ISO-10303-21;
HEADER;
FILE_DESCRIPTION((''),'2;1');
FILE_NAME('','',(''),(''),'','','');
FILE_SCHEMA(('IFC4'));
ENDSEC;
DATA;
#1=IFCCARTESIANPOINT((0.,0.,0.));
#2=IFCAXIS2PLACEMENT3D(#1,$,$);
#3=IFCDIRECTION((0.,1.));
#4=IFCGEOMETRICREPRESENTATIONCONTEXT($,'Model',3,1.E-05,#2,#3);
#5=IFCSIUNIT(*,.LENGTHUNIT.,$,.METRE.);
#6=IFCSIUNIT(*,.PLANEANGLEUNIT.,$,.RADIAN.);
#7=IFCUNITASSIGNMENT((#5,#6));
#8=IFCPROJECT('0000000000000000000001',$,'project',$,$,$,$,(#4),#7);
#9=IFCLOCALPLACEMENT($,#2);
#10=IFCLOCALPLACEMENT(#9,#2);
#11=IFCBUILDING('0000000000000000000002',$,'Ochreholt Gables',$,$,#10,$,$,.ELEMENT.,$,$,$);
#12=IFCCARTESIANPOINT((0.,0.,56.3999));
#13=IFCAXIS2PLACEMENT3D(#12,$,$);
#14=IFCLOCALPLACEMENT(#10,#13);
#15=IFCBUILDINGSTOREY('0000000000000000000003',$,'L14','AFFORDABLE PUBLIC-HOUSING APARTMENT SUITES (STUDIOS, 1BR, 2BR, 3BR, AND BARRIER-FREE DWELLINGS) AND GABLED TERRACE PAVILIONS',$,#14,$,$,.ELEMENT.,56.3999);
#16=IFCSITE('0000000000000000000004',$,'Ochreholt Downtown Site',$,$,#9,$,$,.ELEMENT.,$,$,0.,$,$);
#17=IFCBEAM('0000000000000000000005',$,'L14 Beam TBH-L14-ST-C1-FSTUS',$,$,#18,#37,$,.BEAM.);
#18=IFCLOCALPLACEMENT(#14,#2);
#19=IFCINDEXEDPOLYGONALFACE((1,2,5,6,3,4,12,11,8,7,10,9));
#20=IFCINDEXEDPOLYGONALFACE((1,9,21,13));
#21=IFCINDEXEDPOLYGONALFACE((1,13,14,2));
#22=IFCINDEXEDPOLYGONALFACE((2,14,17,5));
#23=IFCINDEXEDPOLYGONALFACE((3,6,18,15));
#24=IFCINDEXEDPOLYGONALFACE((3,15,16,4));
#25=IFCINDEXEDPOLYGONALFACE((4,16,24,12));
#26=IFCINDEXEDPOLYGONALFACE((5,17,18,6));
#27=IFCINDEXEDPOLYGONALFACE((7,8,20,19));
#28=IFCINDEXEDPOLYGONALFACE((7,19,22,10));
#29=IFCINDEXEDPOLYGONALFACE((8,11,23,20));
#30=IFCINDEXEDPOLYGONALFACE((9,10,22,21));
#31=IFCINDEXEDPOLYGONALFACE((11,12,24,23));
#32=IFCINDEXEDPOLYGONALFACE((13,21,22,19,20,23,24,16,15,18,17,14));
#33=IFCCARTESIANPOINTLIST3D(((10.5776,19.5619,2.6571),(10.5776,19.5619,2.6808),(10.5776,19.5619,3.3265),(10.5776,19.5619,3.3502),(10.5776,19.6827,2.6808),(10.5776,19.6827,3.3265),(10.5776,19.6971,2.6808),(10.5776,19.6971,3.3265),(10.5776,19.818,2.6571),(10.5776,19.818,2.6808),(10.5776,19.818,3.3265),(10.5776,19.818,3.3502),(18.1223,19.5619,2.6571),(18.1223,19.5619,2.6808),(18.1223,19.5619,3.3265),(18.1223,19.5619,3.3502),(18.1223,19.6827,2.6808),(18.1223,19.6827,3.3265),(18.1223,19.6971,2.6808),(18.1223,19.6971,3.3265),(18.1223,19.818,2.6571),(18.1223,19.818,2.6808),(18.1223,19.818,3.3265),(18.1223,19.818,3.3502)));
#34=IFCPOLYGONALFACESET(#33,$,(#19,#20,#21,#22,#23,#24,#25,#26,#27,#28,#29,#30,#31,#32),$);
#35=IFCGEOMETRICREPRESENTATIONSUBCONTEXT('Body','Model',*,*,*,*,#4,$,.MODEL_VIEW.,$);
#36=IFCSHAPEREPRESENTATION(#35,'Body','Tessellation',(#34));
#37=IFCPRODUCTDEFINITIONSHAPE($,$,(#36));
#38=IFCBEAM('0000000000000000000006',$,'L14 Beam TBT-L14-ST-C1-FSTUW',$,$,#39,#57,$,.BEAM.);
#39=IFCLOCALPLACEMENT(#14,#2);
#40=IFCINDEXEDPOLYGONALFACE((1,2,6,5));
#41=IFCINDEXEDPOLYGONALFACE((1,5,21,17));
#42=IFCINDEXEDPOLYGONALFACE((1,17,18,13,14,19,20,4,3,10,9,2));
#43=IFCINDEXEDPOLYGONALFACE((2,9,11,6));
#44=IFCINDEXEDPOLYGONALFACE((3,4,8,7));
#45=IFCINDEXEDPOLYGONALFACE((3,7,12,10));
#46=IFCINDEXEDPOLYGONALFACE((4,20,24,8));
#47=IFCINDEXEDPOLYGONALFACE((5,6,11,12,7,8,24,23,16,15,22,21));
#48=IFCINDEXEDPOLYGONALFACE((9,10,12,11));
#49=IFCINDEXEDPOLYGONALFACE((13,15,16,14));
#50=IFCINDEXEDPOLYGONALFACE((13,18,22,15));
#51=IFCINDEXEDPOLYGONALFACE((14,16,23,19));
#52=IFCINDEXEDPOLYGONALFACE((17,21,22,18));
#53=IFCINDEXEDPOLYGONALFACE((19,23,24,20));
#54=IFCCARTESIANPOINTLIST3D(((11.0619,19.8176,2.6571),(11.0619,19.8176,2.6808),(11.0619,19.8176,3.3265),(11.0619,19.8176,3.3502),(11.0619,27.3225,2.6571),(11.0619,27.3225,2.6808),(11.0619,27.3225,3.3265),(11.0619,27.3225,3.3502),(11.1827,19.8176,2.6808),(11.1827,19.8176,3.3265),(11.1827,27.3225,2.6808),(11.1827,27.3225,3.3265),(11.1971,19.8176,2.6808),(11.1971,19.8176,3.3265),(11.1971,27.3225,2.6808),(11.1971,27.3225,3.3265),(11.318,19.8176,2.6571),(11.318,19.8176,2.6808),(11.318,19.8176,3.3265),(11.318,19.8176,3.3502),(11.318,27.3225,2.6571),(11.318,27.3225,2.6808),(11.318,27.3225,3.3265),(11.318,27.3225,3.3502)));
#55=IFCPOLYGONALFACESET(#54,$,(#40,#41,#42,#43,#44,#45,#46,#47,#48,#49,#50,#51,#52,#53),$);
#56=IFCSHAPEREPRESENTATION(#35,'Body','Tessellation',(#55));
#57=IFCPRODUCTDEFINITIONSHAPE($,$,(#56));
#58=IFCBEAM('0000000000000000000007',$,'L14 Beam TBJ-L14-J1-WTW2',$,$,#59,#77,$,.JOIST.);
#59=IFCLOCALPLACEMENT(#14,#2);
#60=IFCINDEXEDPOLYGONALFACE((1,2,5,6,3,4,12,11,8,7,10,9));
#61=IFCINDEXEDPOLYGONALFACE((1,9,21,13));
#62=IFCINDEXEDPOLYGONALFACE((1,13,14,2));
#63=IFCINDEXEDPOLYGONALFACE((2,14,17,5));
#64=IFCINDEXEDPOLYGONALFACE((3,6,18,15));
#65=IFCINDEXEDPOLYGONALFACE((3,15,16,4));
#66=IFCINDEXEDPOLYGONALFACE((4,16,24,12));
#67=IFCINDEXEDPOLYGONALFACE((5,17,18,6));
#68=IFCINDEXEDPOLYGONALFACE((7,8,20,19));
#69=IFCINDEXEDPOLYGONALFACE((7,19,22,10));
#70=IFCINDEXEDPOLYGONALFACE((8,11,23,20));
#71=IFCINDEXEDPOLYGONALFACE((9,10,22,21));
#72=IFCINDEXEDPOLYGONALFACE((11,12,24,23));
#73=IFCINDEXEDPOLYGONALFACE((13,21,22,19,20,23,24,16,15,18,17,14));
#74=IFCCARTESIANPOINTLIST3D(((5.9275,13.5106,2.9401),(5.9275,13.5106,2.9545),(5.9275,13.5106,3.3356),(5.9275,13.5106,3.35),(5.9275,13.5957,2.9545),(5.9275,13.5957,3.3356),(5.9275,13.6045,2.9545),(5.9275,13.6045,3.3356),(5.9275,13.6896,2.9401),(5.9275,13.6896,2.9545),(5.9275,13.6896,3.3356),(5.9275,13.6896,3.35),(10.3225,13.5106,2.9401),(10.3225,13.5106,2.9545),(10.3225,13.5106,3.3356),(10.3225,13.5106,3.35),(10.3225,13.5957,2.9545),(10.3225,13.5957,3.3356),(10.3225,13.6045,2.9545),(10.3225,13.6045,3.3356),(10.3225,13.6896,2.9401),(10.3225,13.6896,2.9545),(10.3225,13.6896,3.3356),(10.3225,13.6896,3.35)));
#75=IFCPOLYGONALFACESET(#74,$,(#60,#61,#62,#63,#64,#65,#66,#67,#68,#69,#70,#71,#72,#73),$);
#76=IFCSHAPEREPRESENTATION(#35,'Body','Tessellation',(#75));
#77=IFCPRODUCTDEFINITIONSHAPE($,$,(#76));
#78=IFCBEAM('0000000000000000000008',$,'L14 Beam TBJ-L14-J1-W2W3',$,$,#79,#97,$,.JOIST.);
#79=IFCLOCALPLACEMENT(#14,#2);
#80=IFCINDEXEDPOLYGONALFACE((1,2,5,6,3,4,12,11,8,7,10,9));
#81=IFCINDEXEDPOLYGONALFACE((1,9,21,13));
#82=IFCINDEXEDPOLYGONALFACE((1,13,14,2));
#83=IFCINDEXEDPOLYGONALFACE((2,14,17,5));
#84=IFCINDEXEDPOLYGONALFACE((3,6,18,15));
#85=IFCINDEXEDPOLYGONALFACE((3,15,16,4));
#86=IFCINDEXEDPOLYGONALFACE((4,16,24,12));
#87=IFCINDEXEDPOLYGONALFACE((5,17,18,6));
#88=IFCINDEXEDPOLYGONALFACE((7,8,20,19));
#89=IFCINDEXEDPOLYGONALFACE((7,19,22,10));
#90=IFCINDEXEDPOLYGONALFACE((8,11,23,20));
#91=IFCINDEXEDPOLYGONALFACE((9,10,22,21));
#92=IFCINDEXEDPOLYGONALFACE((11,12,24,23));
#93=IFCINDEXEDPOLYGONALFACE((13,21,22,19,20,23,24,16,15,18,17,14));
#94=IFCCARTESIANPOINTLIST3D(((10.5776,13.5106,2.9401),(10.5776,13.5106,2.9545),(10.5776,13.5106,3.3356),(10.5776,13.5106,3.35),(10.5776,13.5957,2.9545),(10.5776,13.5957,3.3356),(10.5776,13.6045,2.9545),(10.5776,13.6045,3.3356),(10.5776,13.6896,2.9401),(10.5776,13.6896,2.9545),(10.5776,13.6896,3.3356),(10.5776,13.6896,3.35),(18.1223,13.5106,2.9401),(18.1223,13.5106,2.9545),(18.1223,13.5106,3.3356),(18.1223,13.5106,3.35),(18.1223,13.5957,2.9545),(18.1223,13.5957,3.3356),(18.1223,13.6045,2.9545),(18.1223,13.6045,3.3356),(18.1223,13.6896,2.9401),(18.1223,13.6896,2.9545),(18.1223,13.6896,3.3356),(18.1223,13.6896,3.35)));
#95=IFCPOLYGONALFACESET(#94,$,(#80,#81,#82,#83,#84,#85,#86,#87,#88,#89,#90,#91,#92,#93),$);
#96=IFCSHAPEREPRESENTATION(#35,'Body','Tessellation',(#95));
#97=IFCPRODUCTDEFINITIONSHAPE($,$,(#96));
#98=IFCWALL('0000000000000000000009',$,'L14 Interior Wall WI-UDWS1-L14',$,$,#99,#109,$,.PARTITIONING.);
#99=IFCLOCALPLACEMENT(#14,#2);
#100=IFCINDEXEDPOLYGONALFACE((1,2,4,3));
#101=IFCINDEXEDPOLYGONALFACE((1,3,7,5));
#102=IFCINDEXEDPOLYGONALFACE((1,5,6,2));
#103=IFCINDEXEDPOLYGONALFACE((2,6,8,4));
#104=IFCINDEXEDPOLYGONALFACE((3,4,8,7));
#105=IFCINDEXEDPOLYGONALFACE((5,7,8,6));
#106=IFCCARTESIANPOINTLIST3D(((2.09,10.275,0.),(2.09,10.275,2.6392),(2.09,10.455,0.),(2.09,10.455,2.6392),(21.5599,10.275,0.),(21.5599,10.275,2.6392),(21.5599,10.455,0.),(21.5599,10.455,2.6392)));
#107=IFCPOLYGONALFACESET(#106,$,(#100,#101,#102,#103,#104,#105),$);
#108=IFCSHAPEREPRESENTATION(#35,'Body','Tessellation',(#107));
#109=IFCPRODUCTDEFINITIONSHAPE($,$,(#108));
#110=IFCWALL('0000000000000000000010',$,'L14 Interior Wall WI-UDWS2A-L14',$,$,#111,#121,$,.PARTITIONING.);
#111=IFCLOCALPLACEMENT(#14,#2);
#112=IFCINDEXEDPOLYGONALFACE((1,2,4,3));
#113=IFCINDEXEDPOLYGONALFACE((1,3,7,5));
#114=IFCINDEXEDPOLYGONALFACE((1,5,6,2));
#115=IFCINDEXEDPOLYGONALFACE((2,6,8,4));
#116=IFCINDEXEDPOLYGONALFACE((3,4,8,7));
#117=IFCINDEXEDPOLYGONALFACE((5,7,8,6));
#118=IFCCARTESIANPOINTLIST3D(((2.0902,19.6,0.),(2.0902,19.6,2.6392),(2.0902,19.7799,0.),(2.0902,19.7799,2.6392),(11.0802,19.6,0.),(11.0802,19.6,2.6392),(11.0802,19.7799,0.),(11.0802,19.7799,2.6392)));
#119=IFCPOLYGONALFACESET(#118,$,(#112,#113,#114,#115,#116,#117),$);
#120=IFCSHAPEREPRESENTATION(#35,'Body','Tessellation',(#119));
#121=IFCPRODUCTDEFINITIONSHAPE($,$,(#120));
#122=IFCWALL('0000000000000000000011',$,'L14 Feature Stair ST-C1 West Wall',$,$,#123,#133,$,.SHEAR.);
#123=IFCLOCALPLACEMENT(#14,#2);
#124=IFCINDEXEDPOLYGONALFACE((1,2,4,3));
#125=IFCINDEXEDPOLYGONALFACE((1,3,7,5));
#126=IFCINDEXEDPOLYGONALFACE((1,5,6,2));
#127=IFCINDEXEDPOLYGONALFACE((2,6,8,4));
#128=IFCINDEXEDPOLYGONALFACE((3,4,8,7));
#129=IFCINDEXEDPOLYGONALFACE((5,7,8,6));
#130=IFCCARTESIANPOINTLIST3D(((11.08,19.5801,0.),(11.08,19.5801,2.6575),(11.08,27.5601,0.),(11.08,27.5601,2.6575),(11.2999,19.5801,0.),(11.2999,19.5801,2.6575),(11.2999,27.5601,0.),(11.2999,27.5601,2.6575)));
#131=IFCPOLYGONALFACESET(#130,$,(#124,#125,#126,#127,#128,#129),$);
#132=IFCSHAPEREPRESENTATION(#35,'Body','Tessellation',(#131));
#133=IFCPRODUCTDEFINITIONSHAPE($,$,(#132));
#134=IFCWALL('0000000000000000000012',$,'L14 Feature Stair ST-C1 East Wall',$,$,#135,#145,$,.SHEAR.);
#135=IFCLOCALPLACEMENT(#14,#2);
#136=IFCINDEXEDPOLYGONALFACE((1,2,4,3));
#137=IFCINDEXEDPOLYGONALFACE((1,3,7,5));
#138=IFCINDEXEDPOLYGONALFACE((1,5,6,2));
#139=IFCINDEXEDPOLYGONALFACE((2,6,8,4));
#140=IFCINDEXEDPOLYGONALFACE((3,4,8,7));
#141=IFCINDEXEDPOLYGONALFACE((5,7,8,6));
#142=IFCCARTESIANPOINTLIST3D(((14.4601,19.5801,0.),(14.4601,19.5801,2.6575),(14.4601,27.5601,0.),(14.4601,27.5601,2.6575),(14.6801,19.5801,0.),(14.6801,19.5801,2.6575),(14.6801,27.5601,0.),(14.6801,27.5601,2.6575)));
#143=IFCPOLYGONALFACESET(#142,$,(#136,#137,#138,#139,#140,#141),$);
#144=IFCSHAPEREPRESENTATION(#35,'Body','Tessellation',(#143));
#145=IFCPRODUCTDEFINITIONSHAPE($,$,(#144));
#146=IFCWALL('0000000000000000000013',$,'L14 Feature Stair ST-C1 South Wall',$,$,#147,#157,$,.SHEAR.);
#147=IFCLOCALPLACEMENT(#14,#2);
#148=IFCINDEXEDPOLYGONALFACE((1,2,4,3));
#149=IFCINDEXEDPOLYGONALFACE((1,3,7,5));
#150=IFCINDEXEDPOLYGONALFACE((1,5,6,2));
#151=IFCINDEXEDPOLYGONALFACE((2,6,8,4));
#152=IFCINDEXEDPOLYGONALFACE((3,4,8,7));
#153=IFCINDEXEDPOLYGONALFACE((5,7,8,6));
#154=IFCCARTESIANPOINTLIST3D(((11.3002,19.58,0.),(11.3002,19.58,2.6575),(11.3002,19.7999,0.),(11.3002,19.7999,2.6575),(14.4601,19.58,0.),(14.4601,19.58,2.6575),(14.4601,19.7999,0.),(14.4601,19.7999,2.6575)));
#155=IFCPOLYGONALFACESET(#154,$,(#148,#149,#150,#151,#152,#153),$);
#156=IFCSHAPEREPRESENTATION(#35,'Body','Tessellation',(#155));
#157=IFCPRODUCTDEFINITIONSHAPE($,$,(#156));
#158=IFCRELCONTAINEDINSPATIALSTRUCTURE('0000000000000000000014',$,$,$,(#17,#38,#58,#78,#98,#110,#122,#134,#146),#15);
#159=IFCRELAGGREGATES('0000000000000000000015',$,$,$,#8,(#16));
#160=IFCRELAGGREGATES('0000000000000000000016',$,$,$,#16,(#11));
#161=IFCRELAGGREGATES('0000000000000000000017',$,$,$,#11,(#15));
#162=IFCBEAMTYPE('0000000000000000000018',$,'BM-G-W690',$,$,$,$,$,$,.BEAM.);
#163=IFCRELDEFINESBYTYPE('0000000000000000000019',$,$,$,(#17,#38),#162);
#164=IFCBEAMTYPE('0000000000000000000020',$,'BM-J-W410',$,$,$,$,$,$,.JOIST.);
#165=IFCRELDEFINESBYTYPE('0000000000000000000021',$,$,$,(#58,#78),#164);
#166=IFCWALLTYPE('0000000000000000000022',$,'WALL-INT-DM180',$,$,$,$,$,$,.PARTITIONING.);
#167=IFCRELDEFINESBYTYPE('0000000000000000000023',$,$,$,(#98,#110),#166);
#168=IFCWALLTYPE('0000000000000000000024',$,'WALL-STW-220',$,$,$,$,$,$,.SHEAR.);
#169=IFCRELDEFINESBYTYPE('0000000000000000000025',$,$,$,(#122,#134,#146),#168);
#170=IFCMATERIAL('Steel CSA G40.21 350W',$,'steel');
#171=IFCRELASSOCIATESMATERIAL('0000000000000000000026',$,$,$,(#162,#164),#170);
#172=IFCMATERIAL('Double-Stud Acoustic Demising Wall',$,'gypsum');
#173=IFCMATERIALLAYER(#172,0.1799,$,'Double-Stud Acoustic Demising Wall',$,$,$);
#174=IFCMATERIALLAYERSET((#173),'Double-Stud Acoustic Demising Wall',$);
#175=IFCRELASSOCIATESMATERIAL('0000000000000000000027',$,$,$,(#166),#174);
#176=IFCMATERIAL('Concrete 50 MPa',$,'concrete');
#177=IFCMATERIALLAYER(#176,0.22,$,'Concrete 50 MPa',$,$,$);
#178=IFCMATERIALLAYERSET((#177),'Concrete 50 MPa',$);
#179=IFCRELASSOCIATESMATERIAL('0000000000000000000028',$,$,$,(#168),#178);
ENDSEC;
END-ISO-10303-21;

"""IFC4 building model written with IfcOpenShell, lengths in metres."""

from ifc_helpers import new_model, si_unit, direction, frame, frame_2d, origin, origin_2d, place, context, subcontext, project, spatial, rectangle, i_section, extrude, material, layer, layer_set, material_profile, profile_set, type_object, element, save


model = new_model("IFC4")

# Units and contexts
model_context = context("Model", 3, precision=1e-05, world=origin(), true_north=direction((0.0, 1.0)))
body_context = subcontext(model_context, "Body", "Model", "MODEL_VIEW")
ifc_project = project(units=[si_unit("LENGTHUNIT", "METRE"), si_unit("PLANEANGLEUNIT", "RADIAN")], contexts=[model_context])

# Site, building, storey
site_placement = place(None, origin())
site = spatial("IfcSite", under=ifc_project, at=site_placement, Name="Ochreholt Downtown Site", CompositionType="ELEMENT", RefElevation=0.0)
building_placement = place(site_placement, origin())
building = spatial("IfcBuilding", under=site, at=building_placement, Name="Ochreholt Gables", CompositionType="ELEMENT")
storey_placement = place(building_placement, frame((0.0, 0.0, 56.3999)))
storey = spatial("IfcBuildingStorey", under=building, at=storey_placement, Name="L14", Description="AFFORDABLE PUBLIC-HOUSING APARTMENT SUITES (STUDIOS, 1BR, 2BR, 3BR, AND BARRIER-FREE DWELLINGS) AND GABLED TERRACE PAVILIONS", CompositionType="ELEMENT", Elevation=56.3999)

# Shared definitions
ifc_material_1 = material(Name="Steel CSA G40.21 350W", Category="steel")

# Beams
ifc_material_profile_1 = material_profile(ifc_material_1, i_section(OverallWidth=0.2561, OverallDepth=0.6931, WebThickness=0.0144, FlangeThickness=0.0237, at=origin_2d()), Name="W690X170")
ifc_profile_set_1 = profile_set([ifc_material_profile_1], Name="Steel CSA G40.21 350W")
beam_type_1 = type_object("IfcBeamType", Name="BM-G-W690", PredefinedType="BEAM", material=ifc_profile_set_1)
beam_1_placement = place(storey_placement, frame((10.5776, 19.6899, 3.0037), z_axis=(1.0, 0.0, 0.0), x_axis=(0.0, 1.0, 0.0)))
element("IfcBeam", 1, at=beam_1_placement, inside=storey, type_object=beam_type_1, Name="L14 Beam TBH-L14-ST-C1-FSTUS", PredefinedType="BEAM", context=body_context, shape_type="SweptSolid", body=[
    extrude(i_section(OverallWidth=0.2561, OverallDepth=0.6931, WebThickness=0.0144, FlangeThickness=0.0237, at=origin_2d()), origin(), (0.0, 0.0, 1.0), 7.5447),
])
beam_2_placement = place(storey_placement, frame((11.1899, 19.8176, 3.0037), z_axis=(0.0, 1.0, 0.0), x_axis=(-1.0, 0.0, 0.0)))
element("IfcBeam", 2, at=beam_2_placement, inside=storey, type_object=beam_type_1, Name="L14 Beam TBT-L14-ST-C1-FSTUW", PredefinedType="BEAM", context=body_context, shape_type="SweptSolid", body=[
    extrude(i_section(OverallWidth=0.2561, OverallDepth=0.6931, WebThickness=0.0144, FlangeThickness=0.0237, at=origin_2d()), origin(), (0.0, 0.0, 1.0), 7.5049),
])
ifc_material_profile_2 = material_profile(ifc_material_1, i_section(OverallWidth=0.179, OverallDepth=0.4099, WebThickness=0.0088, FlangeThickness=0.0144, at=origin_2d()), Name="W410X67")
ifc_profile_set_2 = profile_set([ifc_material_profile_2], Name="Steel CSA G40.21 350W")
beam_type_2 = type_object("IfcBeamType", Name="BM-J-W410", PredefinedType="JOIST", material=ifc_profile_set_2)
beam_3_placement = place(storey_placement, frame((5.9275, 13.6001, 3.145), z_axis=(1.0, 0.0, 0.0), x_axis=(0.0, 1.0, 0.0)))
element("IfcBeam", 3, at=beam_3_placement, inside=storey, type_object=beam_type_2, Name="L14 Beam TBJ-L14-J1-WTW2", PredefinedType="JOIST", context=body_context, shape_type="SweptSolid", body=[
    extrude(i_section(OverallWidth=0.179, OverallDepth=0.4099, WebThickness=0.0088, FlangeThickness=0.0144, at=origin_2d()), origin(), (0.0, 0.0, 1.0), 4.395),
])
beam_4_placement = place(storey_placement, frame((10.5776, 13.6001, 3.145), z_axis=(1.0, 0.0, 0.0), x_axis=(0.0, 1.0, 0.0)))
element("IfcBeam", 4, at=beam_4_placement, inside=storey, type_object=beam_type_2, Name="L14 Beam TBJ-L14-J1-W2W3", PredefinedType="JOIST", context=body_context, shape_type="SweptSolid", body=[
    extrude(i_section(OverallWidth=0.179, OverallDepth=0.4099, WebThickness=0.0088, FlangeThickness=0.0144, at=origin_2d()), origin(), (0.0, 0.0, 1.0), 7.5447),
])

# Walls
ifc_material_2 = material(Name="Double-Stud Acoustic Demising Wall", Category="gypsum")
ifc_layer_1 = layer(ifc_material_2, 0.1799, Name="Double-Stud Acoustic Demising Wall")
ifc_layer_set_1 = layer_set([ifc_layer_1], Name="Double-Stud Acoustic Demising Wall")
wall_type_1 = type_object("IfcWallType", Name="WALL-INT-DM180", PredefinedType="PARTITIONING", material=ifc_layer_set_1)
wall_1_placement = place(storey_placement, frame((2.0901, 10.365, 0.0), z_axis=(0.0, 0.0, 1.0), x_axis=(1.0, 0.0, 0.0)))
element("IfcWall", 5, at=wall_1_placement, inside=storey, type_object=wall_type_1, Name="L14 Interior Wall WI-UDWS1-L14", PredefinedType="PARTITIONING", context=body_context, shape_type="SweptSolid", body=[
    extrude(rectangle(XDim=19.47, YDim=0.1799, at=frame_2d((9.7349, 0.0))), origin(), (0.0, 0.0, 1.0), 2.6392),
])
wall_2_placement = place(storey_placement, frame((2.0901, 19.6899, 0.0), z_axis=(0.0, 0.0, 1.0), x_axis=(1.0, 0.0, 0.0)))
element("IfcWall", 6, at=wall_2_placement, inside=storey, type_object=wall_type_1, Name="L14 Interior Wall WI-UDWS2A-L14", PredefinedType="PARTITIONING", context=body_context, shape_type="SweptSolid", body=[
    extrude(rectangle(XDim=8.99, YDim=0.1799, at=frame_2d((4.4951, 0.0))), origin(), (0.0, 0.0, 1.0), 2.6392),
])
ifc_material_3 = material(Name="Concrete 50 MPa", Category="concrete")
ifc_layer_2 = layer(ifc_material_3, 0.22, Name="Concrete 50 MPa")
ifc_layer_set_2 = layer_set([ifc_layer_2], Name="Concrete 50 MPa")
wall_type_2 = type_object("IfcWallType", Name="WALL-STW-220", PredefinedType="SHEAR", material=ifc_layer_set_2)
for number, where, z_axis, x_axis, name in (
    (7, (11.1899, 19.5801, 0.0), (0.0, 0.0, 1.0), (0.0, 1.0, 0.0), "L14 Feature Stair ST-C1 West Wall"),
    (8, (14.5701, 19.5801, 0.0), (0.0, 0.0, 1.0), (0.0, 1.0, 0.0), "L14 Feature Stair ST-C1 East Wall"),
):
    element("IfcWall", number, at=place(storey_placement, frame(where, z_axis=z_axis, x_axis=x_axis)), inside=storey, type_object=wall_type_2, Name=name, PredefinedType="SHEAR", context=body_context, shape_type="SweptSolid", body=[
        extrude(rectangle(XDim=7.98, YDim=0.22, at=frame_2d((3.99, 0.0))), origin(), (0.0, 0.0, 1.0), 2.6575),
    ])
wall_3_placement = place(storey_placement, frame((11.3, 19.6899, 0.0), z_axis=(0.0, 0.0, 1.0), x_axis=(1.0, 0.0, 0.0)))
element("IfcWall", 9, at=wall_3_placement, inside=storey, type_object=wall_type_2, Name="L14 Feature Stair ST-C1 South Wall", PredefinedType="SHEAR", context=body_context, shape_type="SweptSolid", body=[
    extrude(rectangle(XDim=3.1599, YDim=0.22, at=frame_2d((1.5801, 0.0))), origin(), (0.0, 0.0, 1.0), 2.6575),
])

save(model, "model.ifc")
